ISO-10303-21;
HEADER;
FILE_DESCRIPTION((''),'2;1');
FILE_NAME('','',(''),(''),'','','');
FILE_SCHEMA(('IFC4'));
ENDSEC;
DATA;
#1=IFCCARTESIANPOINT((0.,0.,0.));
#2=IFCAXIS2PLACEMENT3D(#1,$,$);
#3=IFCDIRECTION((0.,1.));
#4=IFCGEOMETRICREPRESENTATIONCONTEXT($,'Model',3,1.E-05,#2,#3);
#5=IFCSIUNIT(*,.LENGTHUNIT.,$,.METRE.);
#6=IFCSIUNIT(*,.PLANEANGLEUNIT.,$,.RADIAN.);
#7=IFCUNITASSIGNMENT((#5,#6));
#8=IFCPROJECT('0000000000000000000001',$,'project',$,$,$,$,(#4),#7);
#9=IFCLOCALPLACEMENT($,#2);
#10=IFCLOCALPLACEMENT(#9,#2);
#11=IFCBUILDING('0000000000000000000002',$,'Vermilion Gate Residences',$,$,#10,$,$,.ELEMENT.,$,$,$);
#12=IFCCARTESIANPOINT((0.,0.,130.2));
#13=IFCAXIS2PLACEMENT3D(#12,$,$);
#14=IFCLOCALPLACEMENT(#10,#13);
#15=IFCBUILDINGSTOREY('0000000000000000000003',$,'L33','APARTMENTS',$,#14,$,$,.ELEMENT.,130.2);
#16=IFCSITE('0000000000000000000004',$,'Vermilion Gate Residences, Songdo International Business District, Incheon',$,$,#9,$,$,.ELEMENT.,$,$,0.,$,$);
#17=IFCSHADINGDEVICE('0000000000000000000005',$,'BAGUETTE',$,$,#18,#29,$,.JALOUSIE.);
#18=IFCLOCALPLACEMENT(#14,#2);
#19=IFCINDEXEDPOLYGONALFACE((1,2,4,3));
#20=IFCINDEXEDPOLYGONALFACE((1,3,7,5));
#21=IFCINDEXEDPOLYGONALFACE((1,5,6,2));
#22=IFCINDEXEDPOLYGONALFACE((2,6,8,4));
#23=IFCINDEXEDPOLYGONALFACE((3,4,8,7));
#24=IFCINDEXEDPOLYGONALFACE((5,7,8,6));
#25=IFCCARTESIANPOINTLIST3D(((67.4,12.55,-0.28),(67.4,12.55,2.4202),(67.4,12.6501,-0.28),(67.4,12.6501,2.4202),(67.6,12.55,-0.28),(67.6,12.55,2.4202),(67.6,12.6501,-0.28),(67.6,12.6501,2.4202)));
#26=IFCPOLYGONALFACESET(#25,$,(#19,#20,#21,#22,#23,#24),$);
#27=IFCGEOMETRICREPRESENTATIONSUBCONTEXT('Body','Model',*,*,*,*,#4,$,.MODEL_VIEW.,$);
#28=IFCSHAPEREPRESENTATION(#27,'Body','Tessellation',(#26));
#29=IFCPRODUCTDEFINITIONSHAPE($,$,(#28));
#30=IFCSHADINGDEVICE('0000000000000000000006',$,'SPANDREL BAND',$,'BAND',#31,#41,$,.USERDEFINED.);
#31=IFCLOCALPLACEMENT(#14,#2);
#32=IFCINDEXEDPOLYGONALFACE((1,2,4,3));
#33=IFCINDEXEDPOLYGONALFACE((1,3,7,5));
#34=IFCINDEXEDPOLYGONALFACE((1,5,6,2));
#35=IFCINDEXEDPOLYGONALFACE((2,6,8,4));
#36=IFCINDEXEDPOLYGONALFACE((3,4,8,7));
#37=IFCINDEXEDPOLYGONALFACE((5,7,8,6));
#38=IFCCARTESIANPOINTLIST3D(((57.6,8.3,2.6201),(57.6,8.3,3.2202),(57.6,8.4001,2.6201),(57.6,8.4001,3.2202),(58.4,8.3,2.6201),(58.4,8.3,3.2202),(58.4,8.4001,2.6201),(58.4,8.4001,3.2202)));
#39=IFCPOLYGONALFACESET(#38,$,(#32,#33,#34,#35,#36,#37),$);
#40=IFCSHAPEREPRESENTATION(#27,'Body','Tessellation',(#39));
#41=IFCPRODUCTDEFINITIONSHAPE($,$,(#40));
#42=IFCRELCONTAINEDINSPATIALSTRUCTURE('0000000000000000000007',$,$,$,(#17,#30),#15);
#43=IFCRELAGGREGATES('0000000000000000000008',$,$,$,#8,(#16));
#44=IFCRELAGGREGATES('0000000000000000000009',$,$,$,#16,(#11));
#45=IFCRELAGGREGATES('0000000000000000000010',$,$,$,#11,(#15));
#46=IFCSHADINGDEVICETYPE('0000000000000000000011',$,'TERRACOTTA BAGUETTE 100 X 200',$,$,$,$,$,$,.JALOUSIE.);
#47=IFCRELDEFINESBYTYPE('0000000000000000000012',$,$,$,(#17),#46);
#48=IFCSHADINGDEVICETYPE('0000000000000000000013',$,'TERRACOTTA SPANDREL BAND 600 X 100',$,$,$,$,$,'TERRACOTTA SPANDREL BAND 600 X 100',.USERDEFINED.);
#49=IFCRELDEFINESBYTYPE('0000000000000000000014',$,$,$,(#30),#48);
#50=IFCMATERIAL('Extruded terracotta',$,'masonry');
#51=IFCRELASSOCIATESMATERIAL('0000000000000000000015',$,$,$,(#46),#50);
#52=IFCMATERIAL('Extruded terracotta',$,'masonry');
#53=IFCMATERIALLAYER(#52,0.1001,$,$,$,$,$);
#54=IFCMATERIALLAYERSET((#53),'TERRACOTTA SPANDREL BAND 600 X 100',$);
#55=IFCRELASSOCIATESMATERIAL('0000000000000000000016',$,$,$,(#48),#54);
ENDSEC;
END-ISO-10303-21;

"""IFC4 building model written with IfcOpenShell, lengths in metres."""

from ifc_helpers import new_model, si_unit, direction, frame, origin, origin_2d, place, context, subcontext, project, spatial, rectangle, extrude, material, layer, layer_set, material_profile, profile_set, type_object, element, save


model = new_model("IFC4")

# Units and contexts
model_context = context("Model", 3, precision=1e-05, world=origin(), true_north=direction((0.0, 1.0)))
body_context = subcontext(model_context, "Body", "Model", "MODEL_VIEW")
ifc_project = project(units=[si_unit("LENGTHUNIT", "METRE"), si_unit("PLANEANGLEUNIT", "RADIAN")], contexts=[model_context])

# Site, building, storey
site_placement = place(None, origin())
site = spatial("IfcSite", under=ifc_project, at=site_placement, Name="Vermilion Gate Residences, Songdo International Business District, Incheon", CompositionType="ELEMENT", RefElevation=0.0)
building_placement = place(site_placement, origin())
building = spatial("IfcBuilding", under=site, at=building_placement, Name="Vermilion Gate Residences", CompositionType="ELEMENT")
storey_placement = place(building_placement, frame((0.0, 0.0, 130.2)))
storey = spatial("IfcBuildingStorey", under=building, at=storey_placement, Name="L33", Description="APARTMENTS", CompositionType="ELEMENT", Elevation=130.2)

# Shading devices
ifc_material_1 = material(Name="Extruded terracotta", Category="masonry")
ifc_material_profile_1 = material_profile(ifc_material_1, rectangle(XDim=0.2, YDim=0.1001, at=origin_2d()), Name="BAGUETTE 100 X 200")
ifc_profile_set_1 = profile_set([ifc_material_profile_1], Name="Extruded terracotta")
shading_device_type_1 = type_object("IfcShadingDeviceType", Name="TERRACOTTA BAGUETTE 100 X 200", PredefinedType="JALOUSIE", material=ifc_profile_set_1)
for number, where, z_axis, x_axis, name in (
    (1, (67.5, 12.6001, -0.28), (0.0, 0.0, 1.0), (-1.0, 0.0, 0.0), "BAGUETTE"),
):
    element("IfcShadingDevice", number, at=place(storey_placement, frame(where, z_axis=z_axis, x_axis=x_axis)), inside=storey, type_object=shading_device_type_1, Name=name, PredefinedType="JALOUSIE", context=body_context, shape_type="SweptSolid", body=[
        extrude(rectangle(XDim=0.2, YDim=0.1001, at=origin_2d()), origin(), (0.0, 0.0, 1.0), 2.7002),
    ])
ifc_material_2 = material(Name="Extruded terracotta", Category="masonry")
ifc_layer_1 = layer(ifc_material_2, 0.1001)
ifc_layer_set_1 = layer_set([ifc_layer_1], Name="TERRACOTTA SPANDREL BAND 600 X 100")
shading_device_type_2 = type_object("IfcShadingDeviceType", Name="TERRACOTTA SPANDREL BAND 600 X 100", ElementType="TERRACOTTA SPANDREL BAND 600 X 100", PredefinedType="USERDEFINED", material=ifc_layer_set_1)
shading_device_placement = place(storey_placement, frame((58.0, 8.3501, 2.6201), z_axis=(0.0, 0.0, 1.0), x_axis=(1.0, 0.0, 0.0)))
element("IfcShadingDevice", 2, at=shading_device_placement, inside=storey, type_object=shading_device_type_2, Name="SPANDREL BAND", ObjectType="BAND", PredefinedType="USERDEFINED", context=body_context, shape_type="SweptSolid", body=[
    extrude(rectangle(XDim=0.8, YDim=0.1001, at=origin_2d()), origin(), (0.0, 0.0, 1.0), 0.6001),
])

save(model, "model.ifc")
